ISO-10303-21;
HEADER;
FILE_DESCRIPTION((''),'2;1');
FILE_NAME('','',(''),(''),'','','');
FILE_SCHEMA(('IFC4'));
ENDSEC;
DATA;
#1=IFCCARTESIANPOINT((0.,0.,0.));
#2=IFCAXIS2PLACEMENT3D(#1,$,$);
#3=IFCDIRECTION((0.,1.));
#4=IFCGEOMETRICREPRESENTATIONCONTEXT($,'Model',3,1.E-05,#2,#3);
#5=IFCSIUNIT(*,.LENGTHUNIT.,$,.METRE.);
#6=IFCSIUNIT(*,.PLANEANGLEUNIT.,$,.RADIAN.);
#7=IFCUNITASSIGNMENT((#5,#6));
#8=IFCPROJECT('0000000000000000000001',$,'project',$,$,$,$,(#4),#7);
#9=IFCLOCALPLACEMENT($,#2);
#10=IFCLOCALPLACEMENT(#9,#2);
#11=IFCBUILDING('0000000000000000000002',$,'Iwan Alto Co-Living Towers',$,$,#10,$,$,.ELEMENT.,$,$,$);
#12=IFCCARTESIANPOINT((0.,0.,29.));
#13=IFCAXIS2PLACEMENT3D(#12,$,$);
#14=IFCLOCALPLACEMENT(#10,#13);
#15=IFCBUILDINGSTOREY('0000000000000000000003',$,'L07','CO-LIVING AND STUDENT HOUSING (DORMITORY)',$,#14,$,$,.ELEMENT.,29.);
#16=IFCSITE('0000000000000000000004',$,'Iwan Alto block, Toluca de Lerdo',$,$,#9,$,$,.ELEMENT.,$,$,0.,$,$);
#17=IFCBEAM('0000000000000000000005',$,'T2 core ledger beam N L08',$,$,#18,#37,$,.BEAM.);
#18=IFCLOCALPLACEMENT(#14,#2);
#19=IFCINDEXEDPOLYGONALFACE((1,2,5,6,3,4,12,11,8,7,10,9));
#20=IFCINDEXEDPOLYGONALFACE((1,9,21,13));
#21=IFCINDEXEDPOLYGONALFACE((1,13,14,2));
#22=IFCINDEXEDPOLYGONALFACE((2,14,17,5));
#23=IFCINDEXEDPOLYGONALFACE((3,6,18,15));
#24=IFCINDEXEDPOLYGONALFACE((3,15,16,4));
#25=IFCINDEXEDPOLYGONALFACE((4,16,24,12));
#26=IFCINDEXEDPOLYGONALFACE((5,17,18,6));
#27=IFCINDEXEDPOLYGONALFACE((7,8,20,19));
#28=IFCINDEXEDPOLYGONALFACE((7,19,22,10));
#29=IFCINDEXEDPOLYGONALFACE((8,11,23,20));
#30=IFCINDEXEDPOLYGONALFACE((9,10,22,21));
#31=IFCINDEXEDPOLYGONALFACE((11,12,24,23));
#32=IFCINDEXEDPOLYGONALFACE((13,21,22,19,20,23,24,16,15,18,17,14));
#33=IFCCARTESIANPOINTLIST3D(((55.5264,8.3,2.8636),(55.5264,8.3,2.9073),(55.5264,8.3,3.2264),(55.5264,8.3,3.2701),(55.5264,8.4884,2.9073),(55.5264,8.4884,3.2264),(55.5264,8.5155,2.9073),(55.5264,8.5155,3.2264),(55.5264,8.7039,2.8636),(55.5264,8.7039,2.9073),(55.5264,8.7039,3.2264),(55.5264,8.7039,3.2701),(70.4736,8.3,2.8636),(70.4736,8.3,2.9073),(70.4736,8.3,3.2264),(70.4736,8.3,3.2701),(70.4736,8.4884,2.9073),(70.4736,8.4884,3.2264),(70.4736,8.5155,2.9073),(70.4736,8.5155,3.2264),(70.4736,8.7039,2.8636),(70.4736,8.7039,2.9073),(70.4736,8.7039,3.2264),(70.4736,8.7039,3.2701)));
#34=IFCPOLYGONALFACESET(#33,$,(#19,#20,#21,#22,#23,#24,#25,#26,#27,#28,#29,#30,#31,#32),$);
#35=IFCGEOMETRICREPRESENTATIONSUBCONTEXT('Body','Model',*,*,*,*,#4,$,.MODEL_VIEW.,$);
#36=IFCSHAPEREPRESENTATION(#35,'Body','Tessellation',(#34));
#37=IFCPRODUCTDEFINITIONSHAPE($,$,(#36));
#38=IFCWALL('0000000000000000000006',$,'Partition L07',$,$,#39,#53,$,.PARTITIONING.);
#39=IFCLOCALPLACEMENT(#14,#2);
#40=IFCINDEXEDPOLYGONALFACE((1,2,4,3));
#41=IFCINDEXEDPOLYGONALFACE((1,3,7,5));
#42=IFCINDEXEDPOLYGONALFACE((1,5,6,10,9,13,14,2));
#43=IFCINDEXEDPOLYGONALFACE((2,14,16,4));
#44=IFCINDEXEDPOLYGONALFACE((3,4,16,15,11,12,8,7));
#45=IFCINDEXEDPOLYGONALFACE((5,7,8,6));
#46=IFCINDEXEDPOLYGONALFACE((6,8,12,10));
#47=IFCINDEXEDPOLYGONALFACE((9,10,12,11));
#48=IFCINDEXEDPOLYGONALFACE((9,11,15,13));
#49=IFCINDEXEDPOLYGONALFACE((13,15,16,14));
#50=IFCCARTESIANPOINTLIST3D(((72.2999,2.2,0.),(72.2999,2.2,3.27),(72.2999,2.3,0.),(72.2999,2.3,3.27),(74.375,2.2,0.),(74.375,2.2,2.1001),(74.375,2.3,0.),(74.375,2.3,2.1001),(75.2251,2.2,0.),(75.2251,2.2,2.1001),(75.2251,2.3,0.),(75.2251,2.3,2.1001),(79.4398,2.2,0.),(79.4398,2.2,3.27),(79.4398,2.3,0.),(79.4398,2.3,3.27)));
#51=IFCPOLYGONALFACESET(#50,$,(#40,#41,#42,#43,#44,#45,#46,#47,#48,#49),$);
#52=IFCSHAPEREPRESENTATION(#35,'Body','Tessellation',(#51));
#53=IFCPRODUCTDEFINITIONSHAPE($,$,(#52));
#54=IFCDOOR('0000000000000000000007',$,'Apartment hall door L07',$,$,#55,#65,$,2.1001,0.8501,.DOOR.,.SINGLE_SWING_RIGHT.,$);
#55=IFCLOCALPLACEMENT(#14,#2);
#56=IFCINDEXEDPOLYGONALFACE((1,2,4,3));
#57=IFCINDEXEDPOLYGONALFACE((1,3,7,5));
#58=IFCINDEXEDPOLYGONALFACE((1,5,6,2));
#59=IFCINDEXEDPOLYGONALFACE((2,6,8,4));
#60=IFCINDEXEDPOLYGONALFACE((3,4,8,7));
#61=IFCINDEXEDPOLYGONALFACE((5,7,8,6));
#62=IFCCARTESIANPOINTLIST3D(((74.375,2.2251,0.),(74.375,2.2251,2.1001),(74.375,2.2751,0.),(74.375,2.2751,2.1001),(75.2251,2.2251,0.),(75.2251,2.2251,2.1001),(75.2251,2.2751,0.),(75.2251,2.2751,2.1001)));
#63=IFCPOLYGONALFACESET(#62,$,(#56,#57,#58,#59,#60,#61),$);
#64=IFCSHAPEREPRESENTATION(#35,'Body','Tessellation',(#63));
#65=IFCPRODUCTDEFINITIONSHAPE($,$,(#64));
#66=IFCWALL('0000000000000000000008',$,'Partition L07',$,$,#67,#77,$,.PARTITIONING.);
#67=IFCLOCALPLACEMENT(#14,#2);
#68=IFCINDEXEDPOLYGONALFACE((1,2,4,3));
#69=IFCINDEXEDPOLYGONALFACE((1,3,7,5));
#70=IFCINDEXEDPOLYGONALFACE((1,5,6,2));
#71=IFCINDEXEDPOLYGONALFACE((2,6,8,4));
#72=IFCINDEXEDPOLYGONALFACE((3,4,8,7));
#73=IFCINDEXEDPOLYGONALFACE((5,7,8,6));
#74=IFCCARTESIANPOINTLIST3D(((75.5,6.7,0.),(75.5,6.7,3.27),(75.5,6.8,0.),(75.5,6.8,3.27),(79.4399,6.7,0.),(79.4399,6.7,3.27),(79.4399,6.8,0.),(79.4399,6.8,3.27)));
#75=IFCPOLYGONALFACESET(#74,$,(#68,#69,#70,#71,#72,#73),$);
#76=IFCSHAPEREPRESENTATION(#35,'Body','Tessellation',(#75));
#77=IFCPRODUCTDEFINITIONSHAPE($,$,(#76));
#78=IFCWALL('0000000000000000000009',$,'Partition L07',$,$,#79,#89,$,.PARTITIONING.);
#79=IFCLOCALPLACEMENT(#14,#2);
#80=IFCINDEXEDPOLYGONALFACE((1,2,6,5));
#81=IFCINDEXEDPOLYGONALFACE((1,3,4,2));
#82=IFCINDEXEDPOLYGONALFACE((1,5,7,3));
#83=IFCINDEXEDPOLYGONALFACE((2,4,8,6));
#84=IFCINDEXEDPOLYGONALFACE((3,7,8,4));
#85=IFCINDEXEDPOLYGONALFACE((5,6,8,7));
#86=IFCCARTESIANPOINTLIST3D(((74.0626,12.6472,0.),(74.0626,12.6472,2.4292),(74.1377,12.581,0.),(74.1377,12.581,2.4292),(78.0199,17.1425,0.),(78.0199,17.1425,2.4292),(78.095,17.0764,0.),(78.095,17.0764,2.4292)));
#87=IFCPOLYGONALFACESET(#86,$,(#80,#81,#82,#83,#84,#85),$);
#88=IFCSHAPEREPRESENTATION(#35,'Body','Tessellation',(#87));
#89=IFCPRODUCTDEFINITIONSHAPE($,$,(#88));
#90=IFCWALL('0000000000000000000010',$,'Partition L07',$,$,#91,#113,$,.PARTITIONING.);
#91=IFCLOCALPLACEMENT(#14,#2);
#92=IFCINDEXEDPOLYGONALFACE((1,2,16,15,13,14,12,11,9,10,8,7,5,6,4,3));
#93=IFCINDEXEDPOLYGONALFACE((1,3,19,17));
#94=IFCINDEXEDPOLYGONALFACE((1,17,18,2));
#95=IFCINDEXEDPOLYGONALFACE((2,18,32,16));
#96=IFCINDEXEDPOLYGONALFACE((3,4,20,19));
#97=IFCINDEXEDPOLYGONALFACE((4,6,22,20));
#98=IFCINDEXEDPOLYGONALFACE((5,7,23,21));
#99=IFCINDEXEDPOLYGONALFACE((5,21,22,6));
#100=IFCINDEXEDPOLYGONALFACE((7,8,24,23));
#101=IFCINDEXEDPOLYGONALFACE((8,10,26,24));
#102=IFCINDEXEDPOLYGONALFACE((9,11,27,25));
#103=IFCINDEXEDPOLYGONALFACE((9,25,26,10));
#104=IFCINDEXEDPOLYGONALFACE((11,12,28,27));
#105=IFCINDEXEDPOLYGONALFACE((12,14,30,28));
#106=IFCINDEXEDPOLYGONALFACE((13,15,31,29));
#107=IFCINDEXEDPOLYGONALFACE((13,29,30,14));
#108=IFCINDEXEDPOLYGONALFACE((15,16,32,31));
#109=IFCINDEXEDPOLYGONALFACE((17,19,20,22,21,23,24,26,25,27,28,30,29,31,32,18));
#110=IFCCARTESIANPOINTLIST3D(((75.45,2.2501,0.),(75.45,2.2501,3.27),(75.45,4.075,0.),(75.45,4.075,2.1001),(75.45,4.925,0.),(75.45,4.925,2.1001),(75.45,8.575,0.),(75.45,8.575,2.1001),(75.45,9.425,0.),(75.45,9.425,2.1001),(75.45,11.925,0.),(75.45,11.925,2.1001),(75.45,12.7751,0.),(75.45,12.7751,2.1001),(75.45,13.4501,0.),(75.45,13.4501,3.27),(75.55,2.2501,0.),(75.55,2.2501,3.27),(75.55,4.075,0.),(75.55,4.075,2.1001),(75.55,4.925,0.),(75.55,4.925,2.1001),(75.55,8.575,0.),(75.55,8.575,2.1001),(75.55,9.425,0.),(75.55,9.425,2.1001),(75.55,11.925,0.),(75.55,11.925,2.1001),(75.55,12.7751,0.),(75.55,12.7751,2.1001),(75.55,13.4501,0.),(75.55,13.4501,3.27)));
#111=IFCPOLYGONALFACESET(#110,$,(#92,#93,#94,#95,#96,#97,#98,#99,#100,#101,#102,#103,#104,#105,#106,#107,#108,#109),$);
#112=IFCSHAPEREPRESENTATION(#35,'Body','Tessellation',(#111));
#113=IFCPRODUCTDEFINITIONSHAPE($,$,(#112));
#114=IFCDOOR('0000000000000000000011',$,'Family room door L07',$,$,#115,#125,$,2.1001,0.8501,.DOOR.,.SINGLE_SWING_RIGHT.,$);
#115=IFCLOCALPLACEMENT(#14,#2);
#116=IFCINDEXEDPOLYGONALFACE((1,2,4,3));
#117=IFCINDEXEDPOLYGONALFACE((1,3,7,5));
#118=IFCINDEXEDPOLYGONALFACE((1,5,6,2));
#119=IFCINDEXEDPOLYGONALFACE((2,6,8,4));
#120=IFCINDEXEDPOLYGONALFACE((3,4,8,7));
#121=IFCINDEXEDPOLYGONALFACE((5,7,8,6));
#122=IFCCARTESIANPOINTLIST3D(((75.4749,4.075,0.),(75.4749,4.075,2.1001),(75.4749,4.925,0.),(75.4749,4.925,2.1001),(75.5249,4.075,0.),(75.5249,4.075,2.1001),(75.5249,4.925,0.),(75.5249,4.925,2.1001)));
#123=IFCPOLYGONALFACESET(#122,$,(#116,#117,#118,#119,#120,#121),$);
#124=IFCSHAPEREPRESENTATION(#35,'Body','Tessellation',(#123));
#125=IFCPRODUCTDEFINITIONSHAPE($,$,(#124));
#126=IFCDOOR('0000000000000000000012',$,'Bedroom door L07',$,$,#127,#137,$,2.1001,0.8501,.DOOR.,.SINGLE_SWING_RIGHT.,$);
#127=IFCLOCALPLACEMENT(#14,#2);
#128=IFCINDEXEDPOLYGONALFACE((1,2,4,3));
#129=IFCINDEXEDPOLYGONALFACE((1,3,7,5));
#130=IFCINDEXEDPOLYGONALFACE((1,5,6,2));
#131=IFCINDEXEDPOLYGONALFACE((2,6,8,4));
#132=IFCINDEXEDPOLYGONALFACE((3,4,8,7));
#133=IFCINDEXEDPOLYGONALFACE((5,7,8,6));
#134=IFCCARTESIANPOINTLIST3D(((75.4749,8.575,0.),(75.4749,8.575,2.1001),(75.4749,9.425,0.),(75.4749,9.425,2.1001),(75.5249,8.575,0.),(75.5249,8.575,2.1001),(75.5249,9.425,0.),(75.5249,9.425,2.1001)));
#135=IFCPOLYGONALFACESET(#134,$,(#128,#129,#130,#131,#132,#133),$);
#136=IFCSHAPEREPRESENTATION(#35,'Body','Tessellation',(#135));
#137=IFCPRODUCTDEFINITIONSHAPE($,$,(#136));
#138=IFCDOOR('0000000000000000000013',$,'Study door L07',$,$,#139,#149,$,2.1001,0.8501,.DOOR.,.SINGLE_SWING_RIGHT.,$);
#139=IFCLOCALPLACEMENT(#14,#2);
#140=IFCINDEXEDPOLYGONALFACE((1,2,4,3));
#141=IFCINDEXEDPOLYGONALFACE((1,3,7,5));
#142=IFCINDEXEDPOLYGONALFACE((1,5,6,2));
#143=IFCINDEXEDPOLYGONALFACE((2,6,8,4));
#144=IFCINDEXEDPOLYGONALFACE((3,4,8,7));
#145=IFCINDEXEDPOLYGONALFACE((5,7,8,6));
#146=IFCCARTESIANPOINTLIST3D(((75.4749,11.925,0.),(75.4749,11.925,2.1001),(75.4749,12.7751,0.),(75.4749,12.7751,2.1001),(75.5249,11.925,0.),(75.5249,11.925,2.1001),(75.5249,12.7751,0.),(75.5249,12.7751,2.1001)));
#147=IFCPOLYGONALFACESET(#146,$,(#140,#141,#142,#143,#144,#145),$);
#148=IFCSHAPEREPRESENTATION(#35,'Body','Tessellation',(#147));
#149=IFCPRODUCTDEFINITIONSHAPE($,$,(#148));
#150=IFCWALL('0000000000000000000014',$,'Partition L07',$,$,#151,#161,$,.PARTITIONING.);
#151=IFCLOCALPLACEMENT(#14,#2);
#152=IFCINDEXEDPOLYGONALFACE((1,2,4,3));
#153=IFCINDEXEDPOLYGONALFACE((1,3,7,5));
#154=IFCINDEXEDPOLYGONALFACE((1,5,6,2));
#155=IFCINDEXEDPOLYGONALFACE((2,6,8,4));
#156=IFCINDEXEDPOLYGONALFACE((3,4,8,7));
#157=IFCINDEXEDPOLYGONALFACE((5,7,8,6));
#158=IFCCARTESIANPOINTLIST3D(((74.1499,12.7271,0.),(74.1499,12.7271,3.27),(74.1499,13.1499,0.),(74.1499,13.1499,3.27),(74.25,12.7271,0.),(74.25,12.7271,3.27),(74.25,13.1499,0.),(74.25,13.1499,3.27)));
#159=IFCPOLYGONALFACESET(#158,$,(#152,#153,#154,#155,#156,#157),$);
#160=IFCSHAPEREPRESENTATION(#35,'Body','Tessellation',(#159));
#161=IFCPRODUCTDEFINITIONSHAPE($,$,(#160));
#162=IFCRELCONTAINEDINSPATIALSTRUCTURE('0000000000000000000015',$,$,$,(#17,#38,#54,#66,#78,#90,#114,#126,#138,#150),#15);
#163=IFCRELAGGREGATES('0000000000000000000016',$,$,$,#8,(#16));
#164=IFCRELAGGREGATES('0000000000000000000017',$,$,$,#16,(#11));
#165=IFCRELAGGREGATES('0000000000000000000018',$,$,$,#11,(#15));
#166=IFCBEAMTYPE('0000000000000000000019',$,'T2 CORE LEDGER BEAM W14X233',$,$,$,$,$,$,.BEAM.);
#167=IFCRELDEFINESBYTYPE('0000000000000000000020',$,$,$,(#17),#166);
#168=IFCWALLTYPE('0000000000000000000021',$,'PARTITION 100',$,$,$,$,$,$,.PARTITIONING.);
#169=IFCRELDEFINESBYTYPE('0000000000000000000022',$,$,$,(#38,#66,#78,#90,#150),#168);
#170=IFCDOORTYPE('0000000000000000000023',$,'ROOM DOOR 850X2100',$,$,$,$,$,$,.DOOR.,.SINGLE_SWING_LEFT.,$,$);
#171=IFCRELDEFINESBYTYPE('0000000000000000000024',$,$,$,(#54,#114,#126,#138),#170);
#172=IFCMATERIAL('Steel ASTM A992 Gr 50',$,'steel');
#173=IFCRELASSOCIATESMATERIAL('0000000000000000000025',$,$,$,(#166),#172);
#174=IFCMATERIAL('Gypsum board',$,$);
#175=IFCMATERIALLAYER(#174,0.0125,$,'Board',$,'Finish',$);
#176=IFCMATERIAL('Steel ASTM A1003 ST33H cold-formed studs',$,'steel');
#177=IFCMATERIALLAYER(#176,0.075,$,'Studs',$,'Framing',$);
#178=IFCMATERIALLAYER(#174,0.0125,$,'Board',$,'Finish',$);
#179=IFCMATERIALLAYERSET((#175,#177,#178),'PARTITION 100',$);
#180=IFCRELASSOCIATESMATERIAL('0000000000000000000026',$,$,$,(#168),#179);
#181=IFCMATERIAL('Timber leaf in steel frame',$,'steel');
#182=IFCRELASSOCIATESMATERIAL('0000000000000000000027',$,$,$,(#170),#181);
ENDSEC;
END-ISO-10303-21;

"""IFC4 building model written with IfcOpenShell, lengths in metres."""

from ifc_helpers import new_model, si_unit, direction, frame, frame_2d, origin, origin_2d, place, context, subcontext, project, spatial, rectangle, i_section, extrude, material, layer, layer_set, material_profile, profile_set, type_object, element, fill, save


model = new_model("IFC4")

# Units and contexts
model_context = context("Model", 3, precision=1e-05, world=origin(), true_north=direction((0.0, 1.0)))
body_context = subcontext(model_context, "Body", "Model", "MODEL_VIEW")
ifc_project = project(units=[si_unit("LENGTHUNIT", "METRE"), si_unit("PLANEANGLEUNIT", "RADIAN")], contexts=[model_context])

# Site, building, storey
site_placement = place(None, origin())
site = spatial("IfcSite", under=ifc_project, at=site_placement, Name="Iwan Alto block, Toluca de Lerdo", CompositionType="ELEMENT", RefElevation=0.0)
building_placement = place(site_placement, origin())
building = spatial("IfcBuilding", under=site, at=building_placement, Name="Iwan Alto Co-Living Towers", CompositionType="ELEMENT")
storey_placement = place(building_placement, frame((0.0, 0.0, 29.0)))
storey = spatial("IfcBuildingStorey", under=building, at=storey_placement, Name="L07", Description="CO-LIVING AND STUDENT HOUSING (DORMITORY)", CompositionType="ELEMENT", Elevation=29.0)

# Beam
ifc_material_1 = material(Name="Steel ASTM A992 Gr 50", Category="steel")
ifc_material_profile = material_profile(ifc_material_1, i_section(OverallWidth=0.4038, OverallDepth=0.4065, WebThickness=0.0271, FlangeThickness=0.0437, at=origin_2d()), Name="W14X233")
ifc_profile_set = profile_set([ifc_material_profile], Name="Steel ASTM A992 Gr 50")
beam_type = type_object("IfcBeamType", Name="T2 CORE LEDGER BEAM W14X233", PredefinedType="BEAM", material=ifc_profile_set)
beam_placement = place(storey_placement, frame((70.4736, 8.502, 3.0669), z_axis=(-1.0, 0.0, 0.0), x_axis=(0.0, -1.0, 0.0)))
element("IfcBeam", 1, at=beam_placement, inside=storey, type_object=beam_type, Name="T2 core ledger beam N L08", PredefinedType="BEAM", context=body_context, shape_type="SweptSolid", body=[
    extrude(i_section(OverallWidth=0.4038, OverallDepth=0.4065, WebThickness=0.0271, FlangeThickness=0.0437, at=origin_2d()), origin(), (0.0, 0.0, 1.0), 14.9473),
])

# Wall, opening, door
ifc_material_2 = material(Name="Gypsum board")
ifc_layer_1 = layer(ifc_material_2, 0.0125, Name="Board", Category="Finish")
ifc_material_3 = material(Name="Steel ASTM A1003 ST33H cold-formed studs", Category="steel")
ifc_layer_2 = layer(ifc_material_3, 0.075, Name="Studs", Category="Framing")
ifc_layer_3 = layer(ifc_material_2, 0.0125, Name="Board", Category="Finish")
ifc_layer_set_1 = layer_set([ifc_layer_1, ifc_layer_2, ifc_layer_3], Name="PARTITION 100")
wall_type_1 = type_object("IfcWallType", Name="PARTITION 100", PredefinedType="PARTITIONING", material=ifc_layer_set_1)
wall_1_placement = place(storey_placement, frame((72.3, 2.25, 0.0), z_axis=(0.0, 0.0, 1.0), x_axis=(1.0, 0.0, 0.0)))
wall_1 = element("IfcWall", 2, at=wall_1_placement, inside=storey, type_object=wall_type_1, Name="Partition L07", PredefinedType="PARTITIONING", context=body_context, shape_type="SweptSolid", body=[
    extrude(rectangle(XDim=7.1399, YDim=0.1001, at=frame_2d((3.5698, 0.0))), origin(), (0.0, 0.0, 1.0), 3.27),
])
opening_1_placement = place(wall_1_placement, frame((2.075, 0.0, 0.0)))
opening_1 = element("IfcOpeningElement", 3, at=opening_1_placement, cuts=wall_1, PredefinedType="OPENING", context=body_context, shape_type="SweptSolid", body=[
    extrude(rectangle(XDim=0.8501, YDim=2.1001, at=frame_2d((0.425, 1.05))), frame((0.0, 0.0601, 0.0), z_axis=(0.0, -1.0, 0.0), x_axis=(1.0, 0.0, 0.0)), (0.0, 0.0, 1.0), 0.1201),
])
ifc_material_4 = material(Name="Timber leaf in steel frame", Category="steel")
door_type_1 = type_object("IfcDoorType", Name="ROOM DOOR 850X2100", OperationType="SINGLE_SWING_LEFT", PredefinedType="DOOR", material=ifc_material_4)
door_1_placement = place(opening_1_placement, frame((0.8501, 0.0, 0.0), z_axis=(0.0, 0.0, 1.0), x_axis=(-1.0, 0.0, 0.0)))
door_1 = element("IfcDoor", 4, at=door_1_placement, inside=storey, type_object=door_type_1, Name="Apartment hall door L07", OperationType="SINGLE_SWING_RIGHT", OverallHeight=2.1001, OverallWidth=0.8501, PredefinedType="DOOR", context=body_context, shape_type="SweptSolid", body=[
    extrude(rectangle(XDim=0.8501, YDim=2.1001, at=frame_2d((0.425, 1.05))), frame((0.0, 0.0249, 0.0), z_axis=(0.0, -1.0, 0.0), x_axis=(1.0, 0.0, 0.0)), (0.0, 0.0, 1.0), 0.05),
])
fill(opening_1, door_1)

# Walls
wall_2_placement = place(storey_placement, frame((75.5, 6.75, 0.0), z_axis=(0.0, 0.0, 1.0), x_axis=(1.0, 0.0, 0.0)))
element("IfcWall", 5, at=wall_2_placement, inside=storey, type_object=wall_type_1, Name="Partition L07", PredefinedType="PARTITIONING", context=body_context, shape_type="SweptSolid", body=[
    extrude(rectangle(XDim=3.9399, YDim=0.1001, at=frame_2d((1.97, 0.0))), origin(), (0.0, 0.0, 1.0), 3.27),
])
wall_3_placement = place(storey_placement, frame((74.1001, 12.614, 0.0), z_axis=(0.0, 0.0, 1.0), x_axis=(0.660756, 0.750601, 0.0)))
element("IfcWall", 6, at=wall_3_placement, inside=storey, type_object=wall_type_1, Name="Partition L07", PredefinedType="PARTITIONING", context=body_context, shape_type="SweptSolid", body=[
    extrude(rectangle(XDim=5.989, YDim=0.1001, at=frame_2d((2.9946, 0.0))), origin(), (0.0, 0.0, 1.0), 2.4292),
])

# Wall, openings, doors
wall_4_placement = place(storey_placement, frame((75.5, 2.25, 0.0), z_axis=(0.0, 0.0, 1.0), x_axis=(0.0, 1.0, 0.0)))
wall_4 = element("IfcWall", 7, at=wall_4_placement, inside=storey, type_object=wall_type_1, Name="Partition L07", PredefinedType="PARTITIONING", context=body_context, shape_type="SweptSolid", body=[
    extrude(rectangle(XDim=11.2, YDim=0.1001, at=frame_2d((5.6001, 0.0))), origin(), (0.0, 0.0, 1.0), 3.27),
])
opening_2_placement = place(wall_4_placement, frame((1.825, 0.0, 0.0)))
opening_2 = element("IfcOpeningElement", 8, at=opening_2_placement, cuts=wall_4, PredefinedType="OPENING", context=body_context, shape_type="SweptSolid", body=[
    extrude(rectangle(XDim=0.8501, YDim=2.1001, at=frame_2d((0.425, 1.05))), frame((0.0, 0.0601, 0.0), z_axis=(0.0, -1.0, 0.0), x_axis=(1.0, 0.0, 0.0)), (0.0, 0.0, 1.0), 0.1201),
])
opening_3_placement = place(wall_4_placement, frame((6.325, 0.0, 0.0)))
opening_3 = element("IfcOpeningElement", 9, at=opening_3_placement, cuts=wall_4, PredefinedType="OPENING", context=body_context, shape_type="SweptSolid", body=[
    extrude(rectangle(XDim=0.8501, YDim=2.1001, at=frame_2d((0.425, 1.05))), frame((0.0, 0.0601, 0.0), z_axis=(0.0, -1.0, 0.0), x_axis=(1.0, 0.0, 0.0)), (0.0, 0.0, 1.0), 0.1201),
])
opening_4_placement = place(wall_4_placement, frame((9.675, 0.0, 0.0)))
opening_4 = element("IfcOpeningElement", 10, at=opening_4_placement, cuts=wall_4, PredefinedType="OPENING", context=body_context, shape_type="SweptSolid", body=[
    extrude(rectangle(XDim=0.8501, YDim=2.1001, at=frame_2d((0.425, 1.05))), frame((0.0, 0.0601, 0.0), z_axis=(0.0, -1.0, 0.0), x_axis=(1.0, 0.0, 0.0)), (0.0, 0.0, 1.0), 0.1201),
])
door_2_placement = place(opening_2_placement, frame((0.8501, 0.0, 0.0), z_axis=(0.0, 0.0, 1.0), x_axis=(-1.0, 0.0, 0.0)))
door_2 = element("IfcDoor", 11, at=door_2_placement, inside=storey, type_object=door_type_1, Name="Family room door L07", OperationType="SINGLE_SWING_RIGHT", OverallHeight=2.1001, OverallWidth=0.8501, PredefinedType="DOOR", context=body_context, shape_type="SweptSolid", body=[
    extrude(rectangle(XDim=0.8501, YDim=2.1001, at=frame_2d((0.425, 1.05))), frame((0.0, 0.0249, 0.0), z_axis=(0.0, -1.0, 0.0), x_axis=(1.0, 0.0, 0.0)), (0.0, 0.0, 1.0), 0.05),
])
fill(opening_2, door_2)
door_3_placement = place(opening_3_placement, frame((0.8501, 0.0, 0.0), z_axis=(0.0, 0.0, 1.0), x_axis=(-1.0, 0.0, 0.0)))
door_3 = element("IfcDoor", 12, at=door_3_placement, inside=storey, type_object=door_type_1, Name="Bedroom door L07", OperationType="SINGLE_SWING_RIGHT", OverallHeight=2.1001, OverallWidth=0.8501, PredefinedType="DOOR", context=body_context, shape_type="SweptSolid", body=[
    extrude(rectangle(XDim=0.8501, YDim=2.1001, at=frame_2d((0.425, 1.05))), frame((0.0, 0.0249, 0.0), z_axis=(0.0, -1.0, 0.0), x_axis=(1.0, 0.0, 0.0)), (0.0, 0.0, 1.0), 0.05),
])
fill(opening_3, door_3)
door_4_placement = place(opening_4_placement, frame((0.8501, 0.0, 0.0), z_axis=(0.0, 0.0, 1.0), x_axis=(-1.0, 0.0, 0.0)))
door_4 = element("IfcDoor", 13, at=door_4_placement, inside=storey, type_object=door_type_1, Name="Study door L07", OperationType="SINGLE_SWING_RIGHT", OverallHeight=2.1001, OverallWidth=0.8501, PredefinedType="DOOR", context=body_context, shape_type="SweptSolid", body=[
    extrude(rectangle(XDim=0.8501, YDim=2.1001, at=frame_2d((0.425, 1.05))), frame((0.0, 0.0249, 0.0), z_axis=(0.0, -1.0, 0.0), x_axis=(1.0, 0.0, 0.0)), (0.0, 0.0, 1.0), 0.05),
])
fill(opening_4, door_4)

# Wall
wall_5_placement = place(storey_placement, frame((74.2, 12.7271, 0.0), z_axis=(0.0, 0.0, 1.0), x_axis=(0.0, 1.0, 0.0)))
element("IfcWall", 14, at=wall_5_placement, inside=storey, type_object=wall_type_1, Name="Partition L07", PredefinedType="PARTITIONING", context=body_context, shape_type="SweptSolid", body=[
    extrude(rectangle(XDim=0.4229, YDim=0.1001, at=frame_2d((0.2114, 0.0))), origin(), (0.0, 0.0, 1.0), 3.27),
])

save(model, "model.ifc")
